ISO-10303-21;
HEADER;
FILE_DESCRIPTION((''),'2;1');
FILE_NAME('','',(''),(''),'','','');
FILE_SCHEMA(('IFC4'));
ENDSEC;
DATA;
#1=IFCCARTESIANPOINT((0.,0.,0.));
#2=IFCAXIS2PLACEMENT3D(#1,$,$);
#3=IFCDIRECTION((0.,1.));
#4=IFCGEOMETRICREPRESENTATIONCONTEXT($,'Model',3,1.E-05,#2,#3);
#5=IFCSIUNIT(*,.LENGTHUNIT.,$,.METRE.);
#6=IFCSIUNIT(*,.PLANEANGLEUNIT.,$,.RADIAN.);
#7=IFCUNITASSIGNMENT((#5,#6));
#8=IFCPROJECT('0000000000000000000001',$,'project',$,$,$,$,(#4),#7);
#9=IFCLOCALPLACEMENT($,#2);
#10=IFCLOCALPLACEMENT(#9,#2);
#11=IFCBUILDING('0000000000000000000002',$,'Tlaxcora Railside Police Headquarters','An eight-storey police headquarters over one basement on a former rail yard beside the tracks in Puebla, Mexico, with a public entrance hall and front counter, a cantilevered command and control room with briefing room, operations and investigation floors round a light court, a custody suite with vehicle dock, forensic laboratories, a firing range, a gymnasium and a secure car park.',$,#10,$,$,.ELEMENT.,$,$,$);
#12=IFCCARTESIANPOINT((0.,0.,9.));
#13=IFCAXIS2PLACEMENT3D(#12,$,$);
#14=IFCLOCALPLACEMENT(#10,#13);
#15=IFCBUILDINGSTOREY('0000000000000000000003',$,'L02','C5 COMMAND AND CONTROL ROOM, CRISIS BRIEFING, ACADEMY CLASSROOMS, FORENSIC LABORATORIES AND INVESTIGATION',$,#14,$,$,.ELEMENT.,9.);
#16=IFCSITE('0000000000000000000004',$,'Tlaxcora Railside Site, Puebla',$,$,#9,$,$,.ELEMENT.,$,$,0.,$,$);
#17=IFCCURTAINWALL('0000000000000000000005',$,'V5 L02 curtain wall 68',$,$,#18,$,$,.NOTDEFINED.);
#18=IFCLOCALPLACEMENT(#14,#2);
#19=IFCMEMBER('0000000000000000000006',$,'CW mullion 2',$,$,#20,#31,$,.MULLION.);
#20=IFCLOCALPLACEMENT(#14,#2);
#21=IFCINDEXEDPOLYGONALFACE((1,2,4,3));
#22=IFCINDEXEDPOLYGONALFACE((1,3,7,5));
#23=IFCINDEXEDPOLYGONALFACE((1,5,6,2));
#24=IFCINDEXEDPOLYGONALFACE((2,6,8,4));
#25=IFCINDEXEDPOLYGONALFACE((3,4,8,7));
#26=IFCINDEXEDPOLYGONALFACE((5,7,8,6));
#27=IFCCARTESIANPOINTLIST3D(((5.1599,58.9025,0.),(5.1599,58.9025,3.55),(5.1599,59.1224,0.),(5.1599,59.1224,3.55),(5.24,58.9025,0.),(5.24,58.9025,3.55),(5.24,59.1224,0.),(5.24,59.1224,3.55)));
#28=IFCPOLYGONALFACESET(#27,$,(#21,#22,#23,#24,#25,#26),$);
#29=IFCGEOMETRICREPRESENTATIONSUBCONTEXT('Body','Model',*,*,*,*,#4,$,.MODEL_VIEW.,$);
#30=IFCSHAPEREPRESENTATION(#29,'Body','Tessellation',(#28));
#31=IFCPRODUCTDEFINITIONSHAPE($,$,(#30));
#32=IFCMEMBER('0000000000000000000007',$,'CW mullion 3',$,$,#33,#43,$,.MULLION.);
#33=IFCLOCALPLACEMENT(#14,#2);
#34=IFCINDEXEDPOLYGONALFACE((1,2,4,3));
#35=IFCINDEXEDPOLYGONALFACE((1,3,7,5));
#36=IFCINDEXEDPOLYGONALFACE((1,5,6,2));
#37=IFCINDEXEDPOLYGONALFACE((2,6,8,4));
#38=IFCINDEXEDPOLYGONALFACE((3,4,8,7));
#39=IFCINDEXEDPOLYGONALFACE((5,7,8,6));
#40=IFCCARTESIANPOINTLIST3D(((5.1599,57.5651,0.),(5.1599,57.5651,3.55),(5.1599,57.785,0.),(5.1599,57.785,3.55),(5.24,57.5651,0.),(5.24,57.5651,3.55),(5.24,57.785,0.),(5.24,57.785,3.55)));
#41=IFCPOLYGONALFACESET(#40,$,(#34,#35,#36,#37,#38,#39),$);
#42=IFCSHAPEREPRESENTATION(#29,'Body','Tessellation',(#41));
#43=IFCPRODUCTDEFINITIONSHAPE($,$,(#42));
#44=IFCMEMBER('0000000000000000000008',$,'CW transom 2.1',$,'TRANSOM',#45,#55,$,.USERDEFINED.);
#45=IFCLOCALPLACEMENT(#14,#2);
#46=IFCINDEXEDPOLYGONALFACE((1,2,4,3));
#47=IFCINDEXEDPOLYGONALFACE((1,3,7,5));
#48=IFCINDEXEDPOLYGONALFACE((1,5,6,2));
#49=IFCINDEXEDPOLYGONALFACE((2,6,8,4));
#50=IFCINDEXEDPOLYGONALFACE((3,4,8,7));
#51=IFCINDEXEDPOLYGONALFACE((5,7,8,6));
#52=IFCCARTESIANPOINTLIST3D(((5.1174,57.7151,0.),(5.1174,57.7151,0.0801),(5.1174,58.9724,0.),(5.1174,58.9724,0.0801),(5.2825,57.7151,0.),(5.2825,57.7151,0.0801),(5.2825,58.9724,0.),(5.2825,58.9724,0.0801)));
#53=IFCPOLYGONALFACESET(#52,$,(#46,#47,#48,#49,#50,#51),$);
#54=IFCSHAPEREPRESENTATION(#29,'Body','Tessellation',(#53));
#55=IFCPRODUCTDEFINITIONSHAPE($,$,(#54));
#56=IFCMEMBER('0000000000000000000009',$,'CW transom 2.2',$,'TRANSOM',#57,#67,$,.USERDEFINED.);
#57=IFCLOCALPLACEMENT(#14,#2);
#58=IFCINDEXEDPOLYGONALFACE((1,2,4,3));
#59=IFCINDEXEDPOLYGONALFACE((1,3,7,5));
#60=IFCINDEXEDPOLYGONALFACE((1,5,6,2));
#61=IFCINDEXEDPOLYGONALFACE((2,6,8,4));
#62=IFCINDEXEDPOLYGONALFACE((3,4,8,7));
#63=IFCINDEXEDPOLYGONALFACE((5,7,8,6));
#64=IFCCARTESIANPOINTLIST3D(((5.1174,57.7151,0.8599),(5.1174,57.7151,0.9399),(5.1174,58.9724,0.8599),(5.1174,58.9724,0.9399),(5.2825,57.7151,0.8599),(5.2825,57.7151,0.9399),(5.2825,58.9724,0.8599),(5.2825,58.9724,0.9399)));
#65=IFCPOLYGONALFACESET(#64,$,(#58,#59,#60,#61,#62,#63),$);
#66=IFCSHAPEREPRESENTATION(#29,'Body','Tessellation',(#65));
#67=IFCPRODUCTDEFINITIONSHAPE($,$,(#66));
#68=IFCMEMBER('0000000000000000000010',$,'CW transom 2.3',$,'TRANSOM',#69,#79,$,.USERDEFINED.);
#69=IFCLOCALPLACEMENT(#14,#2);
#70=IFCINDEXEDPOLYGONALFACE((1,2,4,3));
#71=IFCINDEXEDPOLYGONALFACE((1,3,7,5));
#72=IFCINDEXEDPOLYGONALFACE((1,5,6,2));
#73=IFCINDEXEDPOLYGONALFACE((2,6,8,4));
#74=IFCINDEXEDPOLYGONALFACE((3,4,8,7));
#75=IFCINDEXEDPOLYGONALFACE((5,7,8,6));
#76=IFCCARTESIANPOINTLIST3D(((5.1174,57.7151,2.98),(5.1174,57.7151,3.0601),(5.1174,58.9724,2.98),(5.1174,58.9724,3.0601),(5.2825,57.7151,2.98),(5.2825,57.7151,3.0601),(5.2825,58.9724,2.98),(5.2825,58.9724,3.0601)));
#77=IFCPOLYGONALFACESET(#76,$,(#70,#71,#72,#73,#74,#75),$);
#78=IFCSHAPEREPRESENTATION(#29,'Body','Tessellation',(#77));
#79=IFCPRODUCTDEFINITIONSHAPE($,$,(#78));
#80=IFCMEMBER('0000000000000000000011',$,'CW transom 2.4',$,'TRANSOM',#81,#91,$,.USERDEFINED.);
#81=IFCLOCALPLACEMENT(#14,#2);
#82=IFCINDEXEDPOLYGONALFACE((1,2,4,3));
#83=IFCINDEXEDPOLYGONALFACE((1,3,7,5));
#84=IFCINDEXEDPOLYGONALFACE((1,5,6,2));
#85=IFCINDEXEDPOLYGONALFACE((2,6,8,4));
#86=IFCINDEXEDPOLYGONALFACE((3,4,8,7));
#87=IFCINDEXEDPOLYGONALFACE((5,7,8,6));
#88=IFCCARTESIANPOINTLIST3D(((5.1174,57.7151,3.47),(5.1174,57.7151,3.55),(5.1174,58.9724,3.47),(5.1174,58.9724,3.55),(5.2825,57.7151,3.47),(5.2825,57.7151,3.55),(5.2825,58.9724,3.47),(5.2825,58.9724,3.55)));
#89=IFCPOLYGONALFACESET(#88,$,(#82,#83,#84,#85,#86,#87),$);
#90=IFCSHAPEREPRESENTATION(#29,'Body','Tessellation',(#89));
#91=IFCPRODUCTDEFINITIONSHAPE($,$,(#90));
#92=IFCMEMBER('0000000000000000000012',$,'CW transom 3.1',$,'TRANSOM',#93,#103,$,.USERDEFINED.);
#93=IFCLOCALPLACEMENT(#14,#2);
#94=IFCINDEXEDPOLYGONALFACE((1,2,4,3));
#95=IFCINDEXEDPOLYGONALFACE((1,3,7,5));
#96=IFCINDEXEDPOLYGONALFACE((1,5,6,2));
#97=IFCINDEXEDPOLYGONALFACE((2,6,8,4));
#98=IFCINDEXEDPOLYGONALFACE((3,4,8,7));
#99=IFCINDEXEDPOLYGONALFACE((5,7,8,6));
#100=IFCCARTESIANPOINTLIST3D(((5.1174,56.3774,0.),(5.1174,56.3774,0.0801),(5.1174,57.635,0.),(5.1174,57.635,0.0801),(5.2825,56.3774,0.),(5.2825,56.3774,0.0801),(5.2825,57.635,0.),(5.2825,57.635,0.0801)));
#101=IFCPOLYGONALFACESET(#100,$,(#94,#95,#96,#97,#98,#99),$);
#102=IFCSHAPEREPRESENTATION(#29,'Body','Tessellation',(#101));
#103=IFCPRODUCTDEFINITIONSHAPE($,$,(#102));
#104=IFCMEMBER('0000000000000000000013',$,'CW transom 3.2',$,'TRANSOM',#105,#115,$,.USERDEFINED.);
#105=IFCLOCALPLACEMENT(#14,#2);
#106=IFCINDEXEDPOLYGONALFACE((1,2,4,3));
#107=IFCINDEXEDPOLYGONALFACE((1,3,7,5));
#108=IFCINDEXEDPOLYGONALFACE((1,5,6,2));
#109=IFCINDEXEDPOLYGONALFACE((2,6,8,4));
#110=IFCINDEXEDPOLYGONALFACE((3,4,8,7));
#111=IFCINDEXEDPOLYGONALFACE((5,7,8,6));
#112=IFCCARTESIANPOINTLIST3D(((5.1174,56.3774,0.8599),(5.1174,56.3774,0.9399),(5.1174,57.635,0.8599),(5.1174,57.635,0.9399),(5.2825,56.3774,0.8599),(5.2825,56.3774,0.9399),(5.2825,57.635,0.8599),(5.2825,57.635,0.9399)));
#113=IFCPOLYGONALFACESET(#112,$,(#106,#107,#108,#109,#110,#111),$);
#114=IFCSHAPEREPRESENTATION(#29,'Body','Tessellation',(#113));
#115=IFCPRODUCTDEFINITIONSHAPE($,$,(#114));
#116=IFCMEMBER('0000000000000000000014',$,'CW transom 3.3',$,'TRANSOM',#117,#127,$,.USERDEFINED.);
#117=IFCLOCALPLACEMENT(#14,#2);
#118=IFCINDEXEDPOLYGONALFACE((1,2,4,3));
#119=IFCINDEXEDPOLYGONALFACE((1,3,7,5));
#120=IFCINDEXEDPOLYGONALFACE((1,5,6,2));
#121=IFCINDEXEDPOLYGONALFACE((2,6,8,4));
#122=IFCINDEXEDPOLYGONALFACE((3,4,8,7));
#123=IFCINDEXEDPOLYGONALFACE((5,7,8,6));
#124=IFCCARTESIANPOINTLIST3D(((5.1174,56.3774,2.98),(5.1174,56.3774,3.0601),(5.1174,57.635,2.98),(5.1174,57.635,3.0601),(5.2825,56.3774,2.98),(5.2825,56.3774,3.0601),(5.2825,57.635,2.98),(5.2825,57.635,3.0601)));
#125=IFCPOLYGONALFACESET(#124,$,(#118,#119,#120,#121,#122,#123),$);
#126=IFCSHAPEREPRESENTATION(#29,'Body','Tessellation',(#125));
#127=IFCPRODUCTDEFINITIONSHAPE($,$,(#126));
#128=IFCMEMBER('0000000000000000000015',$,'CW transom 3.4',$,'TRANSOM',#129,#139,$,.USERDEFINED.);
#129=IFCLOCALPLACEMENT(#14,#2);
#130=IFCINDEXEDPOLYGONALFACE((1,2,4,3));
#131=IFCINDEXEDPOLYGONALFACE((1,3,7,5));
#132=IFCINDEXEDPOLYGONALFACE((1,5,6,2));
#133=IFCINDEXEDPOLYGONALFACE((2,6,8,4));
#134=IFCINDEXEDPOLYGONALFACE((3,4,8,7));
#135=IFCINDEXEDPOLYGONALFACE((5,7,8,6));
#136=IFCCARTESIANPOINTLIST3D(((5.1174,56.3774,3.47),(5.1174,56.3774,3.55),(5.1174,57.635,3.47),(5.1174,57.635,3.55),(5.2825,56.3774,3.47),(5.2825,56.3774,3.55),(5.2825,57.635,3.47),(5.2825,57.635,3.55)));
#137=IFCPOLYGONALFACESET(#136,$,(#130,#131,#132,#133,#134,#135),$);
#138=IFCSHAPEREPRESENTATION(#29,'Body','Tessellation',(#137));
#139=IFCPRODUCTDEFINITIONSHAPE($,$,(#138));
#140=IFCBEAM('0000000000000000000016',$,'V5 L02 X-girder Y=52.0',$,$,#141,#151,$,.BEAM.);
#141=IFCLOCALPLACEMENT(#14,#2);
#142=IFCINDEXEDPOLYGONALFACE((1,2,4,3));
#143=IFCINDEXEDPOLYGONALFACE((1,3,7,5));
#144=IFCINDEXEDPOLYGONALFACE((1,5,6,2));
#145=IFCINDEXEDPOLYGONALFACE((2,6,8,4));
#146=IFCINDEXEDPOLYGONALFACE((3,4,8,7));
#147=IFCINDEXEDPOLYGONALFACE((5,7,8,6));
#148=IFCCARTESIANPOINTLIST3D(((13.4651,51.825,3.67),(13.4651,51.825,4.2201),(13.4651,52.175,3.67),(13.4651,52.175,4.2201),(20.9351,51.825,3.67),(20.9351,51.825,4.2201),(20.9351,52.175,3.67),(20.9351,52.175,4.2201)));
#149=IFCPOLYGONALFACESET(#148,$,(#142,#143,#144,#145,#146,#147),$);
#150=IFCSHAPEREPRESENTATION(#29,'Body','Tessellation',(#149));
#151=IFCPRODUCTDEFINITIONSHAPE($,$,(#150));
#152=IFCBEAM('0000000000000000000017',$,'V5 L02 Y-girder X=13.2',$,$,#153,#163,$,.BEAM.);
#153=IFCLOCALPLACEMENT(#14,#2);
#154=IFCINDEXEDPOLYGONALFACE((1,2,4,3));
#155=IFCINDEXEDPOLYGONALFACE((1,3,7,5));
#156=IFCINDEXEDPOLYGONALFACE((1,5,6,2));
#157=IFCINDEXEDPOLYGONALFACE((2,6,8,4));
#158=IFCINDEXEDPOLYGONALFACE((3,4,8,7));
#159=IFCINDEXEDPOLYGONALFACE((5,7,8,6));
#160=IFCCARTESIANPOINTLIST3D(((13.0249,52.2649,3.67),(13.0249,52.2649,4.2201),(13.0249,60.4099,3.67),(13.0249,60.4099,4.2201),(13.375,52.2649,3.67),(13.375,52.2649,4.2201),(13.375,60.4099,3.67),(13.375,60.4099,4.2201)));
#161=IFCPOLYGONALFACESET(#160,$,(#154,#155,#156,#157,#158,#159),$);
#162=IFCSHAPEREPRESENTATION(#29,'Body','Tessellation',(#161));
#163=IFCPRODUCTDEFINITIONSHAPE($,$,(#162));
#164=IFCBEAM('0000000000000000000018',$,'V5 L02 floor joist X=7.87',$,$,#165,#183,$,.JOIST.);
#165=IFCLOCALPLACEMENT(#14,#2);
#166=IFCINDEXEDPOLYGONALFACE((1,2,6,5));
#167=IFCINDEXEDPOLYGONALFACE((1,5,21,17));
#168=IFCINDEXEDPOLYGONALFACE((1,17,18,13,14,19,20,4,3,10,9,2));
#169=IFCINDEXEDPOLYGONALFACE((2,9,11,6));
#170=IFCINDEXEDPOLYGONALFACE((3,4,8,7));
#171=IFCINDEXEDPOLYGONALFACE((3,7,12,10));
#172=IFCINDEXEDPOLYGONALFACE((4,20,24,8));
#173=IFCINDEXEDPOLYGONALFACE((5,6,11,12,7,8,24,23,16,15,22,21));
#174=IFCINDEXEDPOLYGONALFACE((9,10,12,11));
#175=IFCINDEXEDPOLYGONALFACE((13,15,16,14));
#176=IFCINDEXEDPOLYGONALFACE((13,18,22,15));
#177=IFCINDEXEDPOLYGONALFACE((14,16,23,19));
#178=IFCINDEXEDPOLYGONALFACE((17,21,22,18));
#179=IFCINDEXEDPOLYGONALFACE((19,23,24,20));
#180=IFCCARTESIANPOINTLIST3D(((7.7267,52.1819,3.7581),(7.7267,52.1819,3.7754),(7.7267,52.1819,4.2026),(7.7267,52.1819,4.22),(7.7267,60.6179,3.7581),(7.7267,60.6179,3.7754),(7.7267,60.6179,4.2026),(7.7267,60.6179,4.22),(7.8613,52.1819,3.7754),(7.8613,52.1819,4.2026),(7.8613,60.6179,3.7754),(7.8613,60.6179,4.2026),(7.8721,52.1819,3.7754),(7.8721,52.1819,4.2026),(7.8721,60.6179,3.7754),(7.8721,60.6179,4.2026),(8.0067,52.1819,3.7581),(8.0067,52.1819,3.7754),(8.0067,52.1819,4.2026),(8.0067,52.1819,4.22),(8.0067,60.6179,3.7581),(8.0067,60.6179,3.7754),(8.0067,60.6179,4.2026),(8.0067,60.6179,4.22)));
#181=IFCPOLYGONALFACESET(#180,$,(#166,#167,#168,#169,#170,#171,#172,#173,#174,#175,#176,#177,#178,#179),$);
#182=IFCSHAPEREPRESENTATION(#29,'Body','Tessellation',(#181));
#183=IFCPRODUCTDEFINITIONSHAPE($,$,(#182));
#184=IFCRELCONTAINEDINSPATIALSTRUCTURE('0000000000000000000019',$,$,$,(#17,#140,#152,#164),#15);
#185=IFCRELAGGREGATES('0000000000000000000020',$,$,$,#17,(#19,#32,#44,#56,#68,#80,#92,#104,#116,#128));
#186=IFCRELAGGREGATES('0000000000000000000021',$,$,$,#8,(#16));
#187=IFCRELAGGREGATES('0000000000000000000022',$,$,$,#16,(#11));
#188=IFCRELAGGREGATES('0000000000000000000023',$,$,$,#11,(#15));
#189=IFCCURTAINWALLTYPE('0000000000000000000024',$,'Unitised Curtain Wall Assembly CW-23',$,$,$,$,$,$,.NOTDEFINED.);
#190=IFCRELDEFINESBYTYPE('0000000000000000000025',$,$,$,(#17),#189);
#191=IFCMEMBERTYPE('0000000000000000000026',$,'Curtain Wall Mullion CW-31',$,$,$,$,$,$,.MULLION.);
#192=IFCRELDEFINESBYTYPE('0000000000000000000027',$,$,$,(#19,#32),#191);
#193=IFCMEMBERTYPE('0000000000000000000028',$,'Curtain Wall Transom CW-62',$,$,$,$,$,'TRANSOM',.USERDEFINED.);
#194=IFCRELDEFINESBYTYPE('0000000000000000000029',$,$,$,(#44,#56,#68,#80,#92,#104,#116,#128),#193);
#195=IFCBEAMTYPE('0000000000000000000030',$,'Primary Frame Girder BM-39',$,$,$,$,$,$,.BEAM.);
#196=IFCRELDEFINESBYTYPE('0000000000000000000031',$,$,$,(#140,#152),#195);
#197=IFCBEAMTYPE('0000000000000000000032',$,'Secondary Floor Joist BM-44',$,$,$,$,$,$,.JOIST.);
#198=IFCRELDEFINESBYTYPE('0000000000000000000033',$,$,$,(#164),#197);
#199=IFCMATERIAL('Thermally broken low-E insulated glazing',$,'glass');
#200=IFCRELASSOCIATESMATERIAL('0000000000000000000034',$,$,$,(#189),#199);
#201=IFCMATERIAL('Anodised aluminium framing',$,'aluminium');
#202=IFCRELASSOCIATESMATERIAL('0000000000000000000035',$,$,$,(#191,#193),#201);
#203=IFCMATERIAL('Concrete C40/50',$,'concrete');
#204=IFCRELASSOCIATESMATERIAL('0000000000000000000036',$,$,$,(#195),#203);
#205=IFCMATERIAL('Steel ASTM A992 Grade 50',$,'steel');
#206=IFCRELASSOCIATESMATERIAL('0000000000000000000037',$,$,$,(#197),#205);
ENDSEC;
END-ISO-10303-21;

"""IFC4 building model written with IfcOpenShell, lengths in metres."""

from ifc_helpers import new_model, si_unit, direction, frame, origin, origin_2d, place, context, subcontext, project, spatial, rectangle, i_section, extrude, material, material_profile, profile_set, type_object, element, aggregate, save


model = new_model("IFC4")

# Units and contexts
model_context = context("Model", 3, precision=1e-05, world=origin(), true_north=direction((0.0, 1.0)))
body_context = subcontext(model_context, "Body", "Model", "MODEL_VIEW")
ifc_project = project(units=[si_unit("LENGTHUNIT", "METRE"), si_unit("PLANEANGLEUNIT", "RADIAN")], contexts=[model_context])

# Site, building, storey
site_placement = place(None, origin())
site = spatial("IfcSite", under=ifc_project, at=site_placement, Name="Tlaxcora Railside Site, Puebla", CompositionType="ELEMENT", RefElevation=0.0)
building_placement = place(site_placement, origin())
building = spatial("IfcBuilding", under=site, at=building_placement, Name="Tlaxcora Railside Police Headquarters", Description="An eight-storey police headquarters over one basement on a former rail yard beside the tracks in Puebla, Mexico, with a public entrance hall and front counter, a cantilevered command and control room with briefing room, operations and investigation floors round a light court, a custody suite with vehicle dock, forensic laboratories, a firing range, a gymnasium and a secure car park.", CompositionType="ELEMENT")
storey_placement = place(building_placement, frame((0.0, 0.0, 9.0)))
storey = spatial("IfcBuildingStorey", under=building, at=storey_placement, Name="L02", Description="C5 COMMAND AND CONTROL ROOM, CRISIS BRIEFING, ACADEMY CLASSROOMS, FORENSIC LABORATORIES AND INVESTIGATION", CompositionType="ELEMENT", Elevation=9.0)

# Curtain wall, members
ifc_material_1 = material(Name="Thermally broken low-E insulated glazing", Category="glass")
curtain_wall_type = type_object("IfcCurtainWallType", Name="Unitised Curtain Wall Assembly CW-23", PredefinedType="NOTDEFINED", material=ifc_material_1)
curtain_wall_placement = place(storey_placement, origin())
curtain_wall = element("IfcCurtainWall", 1, at=curtain_wall_placement, inside=storey, type_object=curtain_wall_type, Name="V5 L02 curtain wall 68", PredefinedType="NOTDEFINED")
ifc_material_2 = material(Name="Anodised aluminium framing", Category="aluminium")
ifc_material_profile_1 = material_profile(ifc_material_2, rectangle(XDim=0.0801, YDim=0.22, at=origin_2d()), Name="AL80X220")
ifc_profile_set_1 = profile_set([ifc_material_profile_1], Name="Anodised aluminium framing")
member_type_1 = type_object("IfcMemberType", Name="Curtain Wall Mullion CW-31", PredefinedType="MULLION", material=ifc_profile_set_1)
member_1_placement = place(storey_placement, frame((5.2, 59.0125, 0.0), z_axis=(0.0, 0.0, 1.0), x_axis=(1.0, 0.0, 0.0)))
member_1 = element("IfcMember", 2, at=member_1_placement, type_object=member_type_1, Name="CW mullion 2", PredefinedType="MULLION", context=body_context, shape_type="SweptSolid", body=[
    extrude(rectangle(XDim=0.0801, YDim=0.22, at=origin_2d()), origin(), (0.0, 0.0, 1.0), 3.55),
])
member_2_placement = place(storey_placement, frame((5.2, 57.675, 0.0), z_axis=(0.0, 0.0, 1.0), x_axis=(1.0, 0.0, 0.0)))
member_2 = element("IfcMember", 3, at=member_2_placement, type_object=member_type_1, Name="CW mullion 3", PredefinedType="MULLION", context=body_context, shape_type="SweptSolid", body=[
    extrude(rectangle(XDim=0.0801, YDim=0.22, at=origin_2d()), origin(), (0.0, 0.0, 1.0), 3.55),
])
ifc_material_profile_2 = material_profile(ifc_material_2, rectangle(XDim=0.165, YDim=0.0801, at=origin_2d()), Name="AL80X165")
ifc_profile_set_2 = profile_set([ifc_material_profile_2], Name="Anodised aluminium framing")
member_type_2 = type_object("IfcMemberType", Name="Curtain Wall Transom CW-62", ElementType="TRANSOM", PredefinedType="USERDEFINED", material=ifc_profile_set_2)
member_3_placement = place(storey_placement, frame((5.2, 58.9724, 0.04), z_axis=(0.0, -1.0, 0.0), x_axis=(1.0, 0.0, 0.0)))
member_3 = element("IfcMember", 4, at=member_3_placement, type_object=member_type_2, Name="CW transom 2.1", ObjectType="TRANSOM", PredefinedType="USERDEFINED", context=body_context, shape_type="SweptSolid", body=[
    extrude(rectangle(XDim=0.165, YDim=0.0801, at=origin_2d()), origin(), (0.0, 0.0, 1.0), 1.2573),
])
member_4_placement = place(storey_placement, frame((5.2, 58.9724, 0.8999), z_axis=(0.0, -1.0, 0.0), x_axis=(1.0, 0.0, 0.0)))
member_4 = element("IfcMember", 5, at=member_4_placement, type_object=member_type_2, Name="CW transom 2.2", ObjectType="TRANSOM", PredefinedType="USERDEFINED", context=body_context, shape_type="SweptSolid", body=[
    extrude(rectangle(XDim=0.165, YDim=0.0801, at=origin_2d()), origin(), (0.0, 0.0, 1.0), 1.2573),
])
member_5_placement = place(storey_placement, frame((5.2, 58.9724, 3.02), z_axis=(0.0, -1.0, 0.0), x_axis=(1.0, 0.0, 0.0)))
member_5 = element("IfcMember", 6, at=member_5_placement, type_object=member_type_2, Name="CW transom 2.3", ObjectType="TRANSOM", PredefinedType="USERDEFINED", context=body_context, shape_type="SweptSolid", body=[
    extrude(rectangle(XDim=0.165, YDim=0.0801, at=origin_2d()), origin(), (0.0, 0.0, 1.0), 1.2573),
])
member_6_placement = place(storey_placement, frame((5.2, 58.9724, 3.51), z_axis=(0.0, -1.0, 0.0), x_axis=(1.0, 0.0, 0.0)))
member_6 = element("IfcMember", 7, at=member_6_placement, type_object=member_type_2, Name="CW transom 2.4", ObjectType="TRANSOM", PredefinedType="USERDEFINED", context=body_context, shape_type="SweptSolid", body=[
    extrude(rectangle(XDim=0.165, YDim=0.0801, at=origin_2d()), origin(), (0.0, 0.0, 1.0), 1.2573),
])
member_7_placement = place(storey_placement, frame((5.2, 57.635, 0.04), z_axis=(0.0, -1.0, 0.0), x_axis=(1.0, 0.0, 0.0)))
member_7 = element("IfcMember", 8, at=member_7_placement, type_object=member_type_2, Name="CW transom 3.1", ObjectType="TRANSOM", PredefinedType="USERDEFINED", context=body_context, shape_type="SweptSolid", body=[
    extrude(rectangle(XDim=0.165, YDim=0.0801, at=origin_2d()), origin(), (0.0, 0.0, 1.0), 1.2576),
])
member_8_placement = place(storey_placement, frame((5.2, 57.635, 0.8999), z_axis=(0.0, -1.0, 0.0), x_axis=(1.0, 0.0, 0.0)))
member_8 = element("IfcMember", 9, at=member_8_placement, type_object=member_type_2, Name="CW transom 3.2", ObjectType="TRANSOM", PredefinedType="USERDEFINED", context=body_context, shape_type="SweptSolid", body=[
    extrude(rectangle(XDim=0.165, YDim=0.0801, at=origin_2d()), origin(), (0.0, 0.0, 1.0), 1.2576),
])
member_9_placement = place(storey_placement, frame((5.2, 57.635, 3.02), z_axis=(0.0, -1.0, 0.0), x_axis=(1.0, 0.0, 0.0)))
member_9 = element("IfcMember", 10, at=member_9_placement, type_object=member_type_2, Name="CW transom 3.3", ObjectType="TRANSOM", PredefinedType="USERDEFINED", context=body_context, shape_type="SweptSolid", body=[
    extrude(rectangle(XDim=0.165, YDim=0.0801, at=origin_2d()), origin(), (0.0, 0.0, 1.0), 1.2576),
])
member_10_placement = place(storey_placement, frame((5.2, 57.635, 3.51), z_axis=(0.0, -1.0, 0.0), x_axis=(1.0, 0.0, 0.0)))
member_10 = element("IfcMember", 11, at=member_10_placement, type_object=member_type_2, Name="CW transom 3.4", ObjectType="TRANSOM", PredefinedType="USERDEFINED", context=body_context, shape_type="SweptSolid", body=[
    extrude(rectangle(XDim=0.165, YDim=0.0801, at=origin_2d()), origin(), (0.0, 0.0, 1.0), 1.2576),
])

# Beams
ifc_material_3 = material(Name="Concrete C40/50", Category="concrete")
ifc_material_profile_3 = material_profile(ifc_material_3, rectangle(XDim=0.3501, YDim=0.55, at=origin_2d()), Name="RC350X550")
ifc_profile_set_3 = profile_set([ifc_material_profile_3], Name="Concrete C40/50")
beam_type_1 = type_object("IfcBeamType", Name="Primary Frame Girder BM-39", PredefinedType="BEAM", material=ifc_profile_set_3)
beam_1_placement = place(storey_placement, frame((13.4651, 52.0, 3.9451), z_axis=(1.0, 0.0, 0.0), x_axis=(0.0, 1.0, 0.0)))
element("IfcBeam", 12, at=beam_1_placement, inside=storey, type_object=beam_type_1, Name="V5 L02 X-girder Y=52.0", PredefinedType="BEAM", context=body_context, shape_type="SweptSolid", body=[
    extrude(rectangle(XDim=0.3501, YDim=0.55, at=origin_2d()), origin(), (0.0, 0.0, 1.0), 7.47),
])
beam_2_placement = place(storey_placement, frame((13.2, 52.2649, 3.9451), z_axis=(0.0, 1.0, 0.0), x_axis=(-1.0, 0.0, 0.0)))
element("IfcBeam", 13, at=beam_2_placement, inside=storey, type_object=beam_type_1, Name="V5 L02 Y-girder X=13.2", PredefinedType="BEAM", context=body_context, shape_type="SweptSolid", body=[
    extrude(rectangle(XDim=0.3501, YDim=0.55, at=origin_2d()), origin(), (0.0, 0.0, 1.0), 8.145),
])
ifc_material_4 = material(Name="Steel ASTM A992 Grade 50", Category="steel")
ifc_material_profile_4 = material_profile(ifc_material_4, i_section(OverallWidth=0.28, OverallDepth=0.4619, WebThickness=0.0107, FlangeThickness=0.0173, at=origin_2d()), Name="W18X76")
ifc_profile_set_4 = profile_set([ifc_material_profile_4], Name="Steel ASTM A992 Grade 50")
beam_type_2 = type_object("IfcBeamType", Name="Secondary Floor Joist BM-44", PredefinedType="JOIST", material=ifc_profile_set_4)
beam_3_placement = place(storey_placement, frame((7.8667, 52.1819, 3.989), z_axis=(0.0, 1.0, 0.0), x_axis=(-1.0, 0.0, 0.0)))
element("IfcBeam", 14, at=beam_3_placement, inside=storey, type_object=beam_type_2, Name="V5 L02 floor joist X=7.87", PredefinedType="JOIST", context=body_context, shape_type="SweptSolid", body=[
    extrude(i_section(OverallWidth=0.28, OverallDepth=0.4619, WebThickness=0.0107, FlangeThickness=0.0173, at=origin_2d()), origin(), (0.0, 0.0, 1.0), 8.436),
])

aggregate(curtain_wall, [member_1, member_2, member_3, member_4, member_5, member_6, member_7, member_8, member_9, member_10])

save(model, "model.ifc")
